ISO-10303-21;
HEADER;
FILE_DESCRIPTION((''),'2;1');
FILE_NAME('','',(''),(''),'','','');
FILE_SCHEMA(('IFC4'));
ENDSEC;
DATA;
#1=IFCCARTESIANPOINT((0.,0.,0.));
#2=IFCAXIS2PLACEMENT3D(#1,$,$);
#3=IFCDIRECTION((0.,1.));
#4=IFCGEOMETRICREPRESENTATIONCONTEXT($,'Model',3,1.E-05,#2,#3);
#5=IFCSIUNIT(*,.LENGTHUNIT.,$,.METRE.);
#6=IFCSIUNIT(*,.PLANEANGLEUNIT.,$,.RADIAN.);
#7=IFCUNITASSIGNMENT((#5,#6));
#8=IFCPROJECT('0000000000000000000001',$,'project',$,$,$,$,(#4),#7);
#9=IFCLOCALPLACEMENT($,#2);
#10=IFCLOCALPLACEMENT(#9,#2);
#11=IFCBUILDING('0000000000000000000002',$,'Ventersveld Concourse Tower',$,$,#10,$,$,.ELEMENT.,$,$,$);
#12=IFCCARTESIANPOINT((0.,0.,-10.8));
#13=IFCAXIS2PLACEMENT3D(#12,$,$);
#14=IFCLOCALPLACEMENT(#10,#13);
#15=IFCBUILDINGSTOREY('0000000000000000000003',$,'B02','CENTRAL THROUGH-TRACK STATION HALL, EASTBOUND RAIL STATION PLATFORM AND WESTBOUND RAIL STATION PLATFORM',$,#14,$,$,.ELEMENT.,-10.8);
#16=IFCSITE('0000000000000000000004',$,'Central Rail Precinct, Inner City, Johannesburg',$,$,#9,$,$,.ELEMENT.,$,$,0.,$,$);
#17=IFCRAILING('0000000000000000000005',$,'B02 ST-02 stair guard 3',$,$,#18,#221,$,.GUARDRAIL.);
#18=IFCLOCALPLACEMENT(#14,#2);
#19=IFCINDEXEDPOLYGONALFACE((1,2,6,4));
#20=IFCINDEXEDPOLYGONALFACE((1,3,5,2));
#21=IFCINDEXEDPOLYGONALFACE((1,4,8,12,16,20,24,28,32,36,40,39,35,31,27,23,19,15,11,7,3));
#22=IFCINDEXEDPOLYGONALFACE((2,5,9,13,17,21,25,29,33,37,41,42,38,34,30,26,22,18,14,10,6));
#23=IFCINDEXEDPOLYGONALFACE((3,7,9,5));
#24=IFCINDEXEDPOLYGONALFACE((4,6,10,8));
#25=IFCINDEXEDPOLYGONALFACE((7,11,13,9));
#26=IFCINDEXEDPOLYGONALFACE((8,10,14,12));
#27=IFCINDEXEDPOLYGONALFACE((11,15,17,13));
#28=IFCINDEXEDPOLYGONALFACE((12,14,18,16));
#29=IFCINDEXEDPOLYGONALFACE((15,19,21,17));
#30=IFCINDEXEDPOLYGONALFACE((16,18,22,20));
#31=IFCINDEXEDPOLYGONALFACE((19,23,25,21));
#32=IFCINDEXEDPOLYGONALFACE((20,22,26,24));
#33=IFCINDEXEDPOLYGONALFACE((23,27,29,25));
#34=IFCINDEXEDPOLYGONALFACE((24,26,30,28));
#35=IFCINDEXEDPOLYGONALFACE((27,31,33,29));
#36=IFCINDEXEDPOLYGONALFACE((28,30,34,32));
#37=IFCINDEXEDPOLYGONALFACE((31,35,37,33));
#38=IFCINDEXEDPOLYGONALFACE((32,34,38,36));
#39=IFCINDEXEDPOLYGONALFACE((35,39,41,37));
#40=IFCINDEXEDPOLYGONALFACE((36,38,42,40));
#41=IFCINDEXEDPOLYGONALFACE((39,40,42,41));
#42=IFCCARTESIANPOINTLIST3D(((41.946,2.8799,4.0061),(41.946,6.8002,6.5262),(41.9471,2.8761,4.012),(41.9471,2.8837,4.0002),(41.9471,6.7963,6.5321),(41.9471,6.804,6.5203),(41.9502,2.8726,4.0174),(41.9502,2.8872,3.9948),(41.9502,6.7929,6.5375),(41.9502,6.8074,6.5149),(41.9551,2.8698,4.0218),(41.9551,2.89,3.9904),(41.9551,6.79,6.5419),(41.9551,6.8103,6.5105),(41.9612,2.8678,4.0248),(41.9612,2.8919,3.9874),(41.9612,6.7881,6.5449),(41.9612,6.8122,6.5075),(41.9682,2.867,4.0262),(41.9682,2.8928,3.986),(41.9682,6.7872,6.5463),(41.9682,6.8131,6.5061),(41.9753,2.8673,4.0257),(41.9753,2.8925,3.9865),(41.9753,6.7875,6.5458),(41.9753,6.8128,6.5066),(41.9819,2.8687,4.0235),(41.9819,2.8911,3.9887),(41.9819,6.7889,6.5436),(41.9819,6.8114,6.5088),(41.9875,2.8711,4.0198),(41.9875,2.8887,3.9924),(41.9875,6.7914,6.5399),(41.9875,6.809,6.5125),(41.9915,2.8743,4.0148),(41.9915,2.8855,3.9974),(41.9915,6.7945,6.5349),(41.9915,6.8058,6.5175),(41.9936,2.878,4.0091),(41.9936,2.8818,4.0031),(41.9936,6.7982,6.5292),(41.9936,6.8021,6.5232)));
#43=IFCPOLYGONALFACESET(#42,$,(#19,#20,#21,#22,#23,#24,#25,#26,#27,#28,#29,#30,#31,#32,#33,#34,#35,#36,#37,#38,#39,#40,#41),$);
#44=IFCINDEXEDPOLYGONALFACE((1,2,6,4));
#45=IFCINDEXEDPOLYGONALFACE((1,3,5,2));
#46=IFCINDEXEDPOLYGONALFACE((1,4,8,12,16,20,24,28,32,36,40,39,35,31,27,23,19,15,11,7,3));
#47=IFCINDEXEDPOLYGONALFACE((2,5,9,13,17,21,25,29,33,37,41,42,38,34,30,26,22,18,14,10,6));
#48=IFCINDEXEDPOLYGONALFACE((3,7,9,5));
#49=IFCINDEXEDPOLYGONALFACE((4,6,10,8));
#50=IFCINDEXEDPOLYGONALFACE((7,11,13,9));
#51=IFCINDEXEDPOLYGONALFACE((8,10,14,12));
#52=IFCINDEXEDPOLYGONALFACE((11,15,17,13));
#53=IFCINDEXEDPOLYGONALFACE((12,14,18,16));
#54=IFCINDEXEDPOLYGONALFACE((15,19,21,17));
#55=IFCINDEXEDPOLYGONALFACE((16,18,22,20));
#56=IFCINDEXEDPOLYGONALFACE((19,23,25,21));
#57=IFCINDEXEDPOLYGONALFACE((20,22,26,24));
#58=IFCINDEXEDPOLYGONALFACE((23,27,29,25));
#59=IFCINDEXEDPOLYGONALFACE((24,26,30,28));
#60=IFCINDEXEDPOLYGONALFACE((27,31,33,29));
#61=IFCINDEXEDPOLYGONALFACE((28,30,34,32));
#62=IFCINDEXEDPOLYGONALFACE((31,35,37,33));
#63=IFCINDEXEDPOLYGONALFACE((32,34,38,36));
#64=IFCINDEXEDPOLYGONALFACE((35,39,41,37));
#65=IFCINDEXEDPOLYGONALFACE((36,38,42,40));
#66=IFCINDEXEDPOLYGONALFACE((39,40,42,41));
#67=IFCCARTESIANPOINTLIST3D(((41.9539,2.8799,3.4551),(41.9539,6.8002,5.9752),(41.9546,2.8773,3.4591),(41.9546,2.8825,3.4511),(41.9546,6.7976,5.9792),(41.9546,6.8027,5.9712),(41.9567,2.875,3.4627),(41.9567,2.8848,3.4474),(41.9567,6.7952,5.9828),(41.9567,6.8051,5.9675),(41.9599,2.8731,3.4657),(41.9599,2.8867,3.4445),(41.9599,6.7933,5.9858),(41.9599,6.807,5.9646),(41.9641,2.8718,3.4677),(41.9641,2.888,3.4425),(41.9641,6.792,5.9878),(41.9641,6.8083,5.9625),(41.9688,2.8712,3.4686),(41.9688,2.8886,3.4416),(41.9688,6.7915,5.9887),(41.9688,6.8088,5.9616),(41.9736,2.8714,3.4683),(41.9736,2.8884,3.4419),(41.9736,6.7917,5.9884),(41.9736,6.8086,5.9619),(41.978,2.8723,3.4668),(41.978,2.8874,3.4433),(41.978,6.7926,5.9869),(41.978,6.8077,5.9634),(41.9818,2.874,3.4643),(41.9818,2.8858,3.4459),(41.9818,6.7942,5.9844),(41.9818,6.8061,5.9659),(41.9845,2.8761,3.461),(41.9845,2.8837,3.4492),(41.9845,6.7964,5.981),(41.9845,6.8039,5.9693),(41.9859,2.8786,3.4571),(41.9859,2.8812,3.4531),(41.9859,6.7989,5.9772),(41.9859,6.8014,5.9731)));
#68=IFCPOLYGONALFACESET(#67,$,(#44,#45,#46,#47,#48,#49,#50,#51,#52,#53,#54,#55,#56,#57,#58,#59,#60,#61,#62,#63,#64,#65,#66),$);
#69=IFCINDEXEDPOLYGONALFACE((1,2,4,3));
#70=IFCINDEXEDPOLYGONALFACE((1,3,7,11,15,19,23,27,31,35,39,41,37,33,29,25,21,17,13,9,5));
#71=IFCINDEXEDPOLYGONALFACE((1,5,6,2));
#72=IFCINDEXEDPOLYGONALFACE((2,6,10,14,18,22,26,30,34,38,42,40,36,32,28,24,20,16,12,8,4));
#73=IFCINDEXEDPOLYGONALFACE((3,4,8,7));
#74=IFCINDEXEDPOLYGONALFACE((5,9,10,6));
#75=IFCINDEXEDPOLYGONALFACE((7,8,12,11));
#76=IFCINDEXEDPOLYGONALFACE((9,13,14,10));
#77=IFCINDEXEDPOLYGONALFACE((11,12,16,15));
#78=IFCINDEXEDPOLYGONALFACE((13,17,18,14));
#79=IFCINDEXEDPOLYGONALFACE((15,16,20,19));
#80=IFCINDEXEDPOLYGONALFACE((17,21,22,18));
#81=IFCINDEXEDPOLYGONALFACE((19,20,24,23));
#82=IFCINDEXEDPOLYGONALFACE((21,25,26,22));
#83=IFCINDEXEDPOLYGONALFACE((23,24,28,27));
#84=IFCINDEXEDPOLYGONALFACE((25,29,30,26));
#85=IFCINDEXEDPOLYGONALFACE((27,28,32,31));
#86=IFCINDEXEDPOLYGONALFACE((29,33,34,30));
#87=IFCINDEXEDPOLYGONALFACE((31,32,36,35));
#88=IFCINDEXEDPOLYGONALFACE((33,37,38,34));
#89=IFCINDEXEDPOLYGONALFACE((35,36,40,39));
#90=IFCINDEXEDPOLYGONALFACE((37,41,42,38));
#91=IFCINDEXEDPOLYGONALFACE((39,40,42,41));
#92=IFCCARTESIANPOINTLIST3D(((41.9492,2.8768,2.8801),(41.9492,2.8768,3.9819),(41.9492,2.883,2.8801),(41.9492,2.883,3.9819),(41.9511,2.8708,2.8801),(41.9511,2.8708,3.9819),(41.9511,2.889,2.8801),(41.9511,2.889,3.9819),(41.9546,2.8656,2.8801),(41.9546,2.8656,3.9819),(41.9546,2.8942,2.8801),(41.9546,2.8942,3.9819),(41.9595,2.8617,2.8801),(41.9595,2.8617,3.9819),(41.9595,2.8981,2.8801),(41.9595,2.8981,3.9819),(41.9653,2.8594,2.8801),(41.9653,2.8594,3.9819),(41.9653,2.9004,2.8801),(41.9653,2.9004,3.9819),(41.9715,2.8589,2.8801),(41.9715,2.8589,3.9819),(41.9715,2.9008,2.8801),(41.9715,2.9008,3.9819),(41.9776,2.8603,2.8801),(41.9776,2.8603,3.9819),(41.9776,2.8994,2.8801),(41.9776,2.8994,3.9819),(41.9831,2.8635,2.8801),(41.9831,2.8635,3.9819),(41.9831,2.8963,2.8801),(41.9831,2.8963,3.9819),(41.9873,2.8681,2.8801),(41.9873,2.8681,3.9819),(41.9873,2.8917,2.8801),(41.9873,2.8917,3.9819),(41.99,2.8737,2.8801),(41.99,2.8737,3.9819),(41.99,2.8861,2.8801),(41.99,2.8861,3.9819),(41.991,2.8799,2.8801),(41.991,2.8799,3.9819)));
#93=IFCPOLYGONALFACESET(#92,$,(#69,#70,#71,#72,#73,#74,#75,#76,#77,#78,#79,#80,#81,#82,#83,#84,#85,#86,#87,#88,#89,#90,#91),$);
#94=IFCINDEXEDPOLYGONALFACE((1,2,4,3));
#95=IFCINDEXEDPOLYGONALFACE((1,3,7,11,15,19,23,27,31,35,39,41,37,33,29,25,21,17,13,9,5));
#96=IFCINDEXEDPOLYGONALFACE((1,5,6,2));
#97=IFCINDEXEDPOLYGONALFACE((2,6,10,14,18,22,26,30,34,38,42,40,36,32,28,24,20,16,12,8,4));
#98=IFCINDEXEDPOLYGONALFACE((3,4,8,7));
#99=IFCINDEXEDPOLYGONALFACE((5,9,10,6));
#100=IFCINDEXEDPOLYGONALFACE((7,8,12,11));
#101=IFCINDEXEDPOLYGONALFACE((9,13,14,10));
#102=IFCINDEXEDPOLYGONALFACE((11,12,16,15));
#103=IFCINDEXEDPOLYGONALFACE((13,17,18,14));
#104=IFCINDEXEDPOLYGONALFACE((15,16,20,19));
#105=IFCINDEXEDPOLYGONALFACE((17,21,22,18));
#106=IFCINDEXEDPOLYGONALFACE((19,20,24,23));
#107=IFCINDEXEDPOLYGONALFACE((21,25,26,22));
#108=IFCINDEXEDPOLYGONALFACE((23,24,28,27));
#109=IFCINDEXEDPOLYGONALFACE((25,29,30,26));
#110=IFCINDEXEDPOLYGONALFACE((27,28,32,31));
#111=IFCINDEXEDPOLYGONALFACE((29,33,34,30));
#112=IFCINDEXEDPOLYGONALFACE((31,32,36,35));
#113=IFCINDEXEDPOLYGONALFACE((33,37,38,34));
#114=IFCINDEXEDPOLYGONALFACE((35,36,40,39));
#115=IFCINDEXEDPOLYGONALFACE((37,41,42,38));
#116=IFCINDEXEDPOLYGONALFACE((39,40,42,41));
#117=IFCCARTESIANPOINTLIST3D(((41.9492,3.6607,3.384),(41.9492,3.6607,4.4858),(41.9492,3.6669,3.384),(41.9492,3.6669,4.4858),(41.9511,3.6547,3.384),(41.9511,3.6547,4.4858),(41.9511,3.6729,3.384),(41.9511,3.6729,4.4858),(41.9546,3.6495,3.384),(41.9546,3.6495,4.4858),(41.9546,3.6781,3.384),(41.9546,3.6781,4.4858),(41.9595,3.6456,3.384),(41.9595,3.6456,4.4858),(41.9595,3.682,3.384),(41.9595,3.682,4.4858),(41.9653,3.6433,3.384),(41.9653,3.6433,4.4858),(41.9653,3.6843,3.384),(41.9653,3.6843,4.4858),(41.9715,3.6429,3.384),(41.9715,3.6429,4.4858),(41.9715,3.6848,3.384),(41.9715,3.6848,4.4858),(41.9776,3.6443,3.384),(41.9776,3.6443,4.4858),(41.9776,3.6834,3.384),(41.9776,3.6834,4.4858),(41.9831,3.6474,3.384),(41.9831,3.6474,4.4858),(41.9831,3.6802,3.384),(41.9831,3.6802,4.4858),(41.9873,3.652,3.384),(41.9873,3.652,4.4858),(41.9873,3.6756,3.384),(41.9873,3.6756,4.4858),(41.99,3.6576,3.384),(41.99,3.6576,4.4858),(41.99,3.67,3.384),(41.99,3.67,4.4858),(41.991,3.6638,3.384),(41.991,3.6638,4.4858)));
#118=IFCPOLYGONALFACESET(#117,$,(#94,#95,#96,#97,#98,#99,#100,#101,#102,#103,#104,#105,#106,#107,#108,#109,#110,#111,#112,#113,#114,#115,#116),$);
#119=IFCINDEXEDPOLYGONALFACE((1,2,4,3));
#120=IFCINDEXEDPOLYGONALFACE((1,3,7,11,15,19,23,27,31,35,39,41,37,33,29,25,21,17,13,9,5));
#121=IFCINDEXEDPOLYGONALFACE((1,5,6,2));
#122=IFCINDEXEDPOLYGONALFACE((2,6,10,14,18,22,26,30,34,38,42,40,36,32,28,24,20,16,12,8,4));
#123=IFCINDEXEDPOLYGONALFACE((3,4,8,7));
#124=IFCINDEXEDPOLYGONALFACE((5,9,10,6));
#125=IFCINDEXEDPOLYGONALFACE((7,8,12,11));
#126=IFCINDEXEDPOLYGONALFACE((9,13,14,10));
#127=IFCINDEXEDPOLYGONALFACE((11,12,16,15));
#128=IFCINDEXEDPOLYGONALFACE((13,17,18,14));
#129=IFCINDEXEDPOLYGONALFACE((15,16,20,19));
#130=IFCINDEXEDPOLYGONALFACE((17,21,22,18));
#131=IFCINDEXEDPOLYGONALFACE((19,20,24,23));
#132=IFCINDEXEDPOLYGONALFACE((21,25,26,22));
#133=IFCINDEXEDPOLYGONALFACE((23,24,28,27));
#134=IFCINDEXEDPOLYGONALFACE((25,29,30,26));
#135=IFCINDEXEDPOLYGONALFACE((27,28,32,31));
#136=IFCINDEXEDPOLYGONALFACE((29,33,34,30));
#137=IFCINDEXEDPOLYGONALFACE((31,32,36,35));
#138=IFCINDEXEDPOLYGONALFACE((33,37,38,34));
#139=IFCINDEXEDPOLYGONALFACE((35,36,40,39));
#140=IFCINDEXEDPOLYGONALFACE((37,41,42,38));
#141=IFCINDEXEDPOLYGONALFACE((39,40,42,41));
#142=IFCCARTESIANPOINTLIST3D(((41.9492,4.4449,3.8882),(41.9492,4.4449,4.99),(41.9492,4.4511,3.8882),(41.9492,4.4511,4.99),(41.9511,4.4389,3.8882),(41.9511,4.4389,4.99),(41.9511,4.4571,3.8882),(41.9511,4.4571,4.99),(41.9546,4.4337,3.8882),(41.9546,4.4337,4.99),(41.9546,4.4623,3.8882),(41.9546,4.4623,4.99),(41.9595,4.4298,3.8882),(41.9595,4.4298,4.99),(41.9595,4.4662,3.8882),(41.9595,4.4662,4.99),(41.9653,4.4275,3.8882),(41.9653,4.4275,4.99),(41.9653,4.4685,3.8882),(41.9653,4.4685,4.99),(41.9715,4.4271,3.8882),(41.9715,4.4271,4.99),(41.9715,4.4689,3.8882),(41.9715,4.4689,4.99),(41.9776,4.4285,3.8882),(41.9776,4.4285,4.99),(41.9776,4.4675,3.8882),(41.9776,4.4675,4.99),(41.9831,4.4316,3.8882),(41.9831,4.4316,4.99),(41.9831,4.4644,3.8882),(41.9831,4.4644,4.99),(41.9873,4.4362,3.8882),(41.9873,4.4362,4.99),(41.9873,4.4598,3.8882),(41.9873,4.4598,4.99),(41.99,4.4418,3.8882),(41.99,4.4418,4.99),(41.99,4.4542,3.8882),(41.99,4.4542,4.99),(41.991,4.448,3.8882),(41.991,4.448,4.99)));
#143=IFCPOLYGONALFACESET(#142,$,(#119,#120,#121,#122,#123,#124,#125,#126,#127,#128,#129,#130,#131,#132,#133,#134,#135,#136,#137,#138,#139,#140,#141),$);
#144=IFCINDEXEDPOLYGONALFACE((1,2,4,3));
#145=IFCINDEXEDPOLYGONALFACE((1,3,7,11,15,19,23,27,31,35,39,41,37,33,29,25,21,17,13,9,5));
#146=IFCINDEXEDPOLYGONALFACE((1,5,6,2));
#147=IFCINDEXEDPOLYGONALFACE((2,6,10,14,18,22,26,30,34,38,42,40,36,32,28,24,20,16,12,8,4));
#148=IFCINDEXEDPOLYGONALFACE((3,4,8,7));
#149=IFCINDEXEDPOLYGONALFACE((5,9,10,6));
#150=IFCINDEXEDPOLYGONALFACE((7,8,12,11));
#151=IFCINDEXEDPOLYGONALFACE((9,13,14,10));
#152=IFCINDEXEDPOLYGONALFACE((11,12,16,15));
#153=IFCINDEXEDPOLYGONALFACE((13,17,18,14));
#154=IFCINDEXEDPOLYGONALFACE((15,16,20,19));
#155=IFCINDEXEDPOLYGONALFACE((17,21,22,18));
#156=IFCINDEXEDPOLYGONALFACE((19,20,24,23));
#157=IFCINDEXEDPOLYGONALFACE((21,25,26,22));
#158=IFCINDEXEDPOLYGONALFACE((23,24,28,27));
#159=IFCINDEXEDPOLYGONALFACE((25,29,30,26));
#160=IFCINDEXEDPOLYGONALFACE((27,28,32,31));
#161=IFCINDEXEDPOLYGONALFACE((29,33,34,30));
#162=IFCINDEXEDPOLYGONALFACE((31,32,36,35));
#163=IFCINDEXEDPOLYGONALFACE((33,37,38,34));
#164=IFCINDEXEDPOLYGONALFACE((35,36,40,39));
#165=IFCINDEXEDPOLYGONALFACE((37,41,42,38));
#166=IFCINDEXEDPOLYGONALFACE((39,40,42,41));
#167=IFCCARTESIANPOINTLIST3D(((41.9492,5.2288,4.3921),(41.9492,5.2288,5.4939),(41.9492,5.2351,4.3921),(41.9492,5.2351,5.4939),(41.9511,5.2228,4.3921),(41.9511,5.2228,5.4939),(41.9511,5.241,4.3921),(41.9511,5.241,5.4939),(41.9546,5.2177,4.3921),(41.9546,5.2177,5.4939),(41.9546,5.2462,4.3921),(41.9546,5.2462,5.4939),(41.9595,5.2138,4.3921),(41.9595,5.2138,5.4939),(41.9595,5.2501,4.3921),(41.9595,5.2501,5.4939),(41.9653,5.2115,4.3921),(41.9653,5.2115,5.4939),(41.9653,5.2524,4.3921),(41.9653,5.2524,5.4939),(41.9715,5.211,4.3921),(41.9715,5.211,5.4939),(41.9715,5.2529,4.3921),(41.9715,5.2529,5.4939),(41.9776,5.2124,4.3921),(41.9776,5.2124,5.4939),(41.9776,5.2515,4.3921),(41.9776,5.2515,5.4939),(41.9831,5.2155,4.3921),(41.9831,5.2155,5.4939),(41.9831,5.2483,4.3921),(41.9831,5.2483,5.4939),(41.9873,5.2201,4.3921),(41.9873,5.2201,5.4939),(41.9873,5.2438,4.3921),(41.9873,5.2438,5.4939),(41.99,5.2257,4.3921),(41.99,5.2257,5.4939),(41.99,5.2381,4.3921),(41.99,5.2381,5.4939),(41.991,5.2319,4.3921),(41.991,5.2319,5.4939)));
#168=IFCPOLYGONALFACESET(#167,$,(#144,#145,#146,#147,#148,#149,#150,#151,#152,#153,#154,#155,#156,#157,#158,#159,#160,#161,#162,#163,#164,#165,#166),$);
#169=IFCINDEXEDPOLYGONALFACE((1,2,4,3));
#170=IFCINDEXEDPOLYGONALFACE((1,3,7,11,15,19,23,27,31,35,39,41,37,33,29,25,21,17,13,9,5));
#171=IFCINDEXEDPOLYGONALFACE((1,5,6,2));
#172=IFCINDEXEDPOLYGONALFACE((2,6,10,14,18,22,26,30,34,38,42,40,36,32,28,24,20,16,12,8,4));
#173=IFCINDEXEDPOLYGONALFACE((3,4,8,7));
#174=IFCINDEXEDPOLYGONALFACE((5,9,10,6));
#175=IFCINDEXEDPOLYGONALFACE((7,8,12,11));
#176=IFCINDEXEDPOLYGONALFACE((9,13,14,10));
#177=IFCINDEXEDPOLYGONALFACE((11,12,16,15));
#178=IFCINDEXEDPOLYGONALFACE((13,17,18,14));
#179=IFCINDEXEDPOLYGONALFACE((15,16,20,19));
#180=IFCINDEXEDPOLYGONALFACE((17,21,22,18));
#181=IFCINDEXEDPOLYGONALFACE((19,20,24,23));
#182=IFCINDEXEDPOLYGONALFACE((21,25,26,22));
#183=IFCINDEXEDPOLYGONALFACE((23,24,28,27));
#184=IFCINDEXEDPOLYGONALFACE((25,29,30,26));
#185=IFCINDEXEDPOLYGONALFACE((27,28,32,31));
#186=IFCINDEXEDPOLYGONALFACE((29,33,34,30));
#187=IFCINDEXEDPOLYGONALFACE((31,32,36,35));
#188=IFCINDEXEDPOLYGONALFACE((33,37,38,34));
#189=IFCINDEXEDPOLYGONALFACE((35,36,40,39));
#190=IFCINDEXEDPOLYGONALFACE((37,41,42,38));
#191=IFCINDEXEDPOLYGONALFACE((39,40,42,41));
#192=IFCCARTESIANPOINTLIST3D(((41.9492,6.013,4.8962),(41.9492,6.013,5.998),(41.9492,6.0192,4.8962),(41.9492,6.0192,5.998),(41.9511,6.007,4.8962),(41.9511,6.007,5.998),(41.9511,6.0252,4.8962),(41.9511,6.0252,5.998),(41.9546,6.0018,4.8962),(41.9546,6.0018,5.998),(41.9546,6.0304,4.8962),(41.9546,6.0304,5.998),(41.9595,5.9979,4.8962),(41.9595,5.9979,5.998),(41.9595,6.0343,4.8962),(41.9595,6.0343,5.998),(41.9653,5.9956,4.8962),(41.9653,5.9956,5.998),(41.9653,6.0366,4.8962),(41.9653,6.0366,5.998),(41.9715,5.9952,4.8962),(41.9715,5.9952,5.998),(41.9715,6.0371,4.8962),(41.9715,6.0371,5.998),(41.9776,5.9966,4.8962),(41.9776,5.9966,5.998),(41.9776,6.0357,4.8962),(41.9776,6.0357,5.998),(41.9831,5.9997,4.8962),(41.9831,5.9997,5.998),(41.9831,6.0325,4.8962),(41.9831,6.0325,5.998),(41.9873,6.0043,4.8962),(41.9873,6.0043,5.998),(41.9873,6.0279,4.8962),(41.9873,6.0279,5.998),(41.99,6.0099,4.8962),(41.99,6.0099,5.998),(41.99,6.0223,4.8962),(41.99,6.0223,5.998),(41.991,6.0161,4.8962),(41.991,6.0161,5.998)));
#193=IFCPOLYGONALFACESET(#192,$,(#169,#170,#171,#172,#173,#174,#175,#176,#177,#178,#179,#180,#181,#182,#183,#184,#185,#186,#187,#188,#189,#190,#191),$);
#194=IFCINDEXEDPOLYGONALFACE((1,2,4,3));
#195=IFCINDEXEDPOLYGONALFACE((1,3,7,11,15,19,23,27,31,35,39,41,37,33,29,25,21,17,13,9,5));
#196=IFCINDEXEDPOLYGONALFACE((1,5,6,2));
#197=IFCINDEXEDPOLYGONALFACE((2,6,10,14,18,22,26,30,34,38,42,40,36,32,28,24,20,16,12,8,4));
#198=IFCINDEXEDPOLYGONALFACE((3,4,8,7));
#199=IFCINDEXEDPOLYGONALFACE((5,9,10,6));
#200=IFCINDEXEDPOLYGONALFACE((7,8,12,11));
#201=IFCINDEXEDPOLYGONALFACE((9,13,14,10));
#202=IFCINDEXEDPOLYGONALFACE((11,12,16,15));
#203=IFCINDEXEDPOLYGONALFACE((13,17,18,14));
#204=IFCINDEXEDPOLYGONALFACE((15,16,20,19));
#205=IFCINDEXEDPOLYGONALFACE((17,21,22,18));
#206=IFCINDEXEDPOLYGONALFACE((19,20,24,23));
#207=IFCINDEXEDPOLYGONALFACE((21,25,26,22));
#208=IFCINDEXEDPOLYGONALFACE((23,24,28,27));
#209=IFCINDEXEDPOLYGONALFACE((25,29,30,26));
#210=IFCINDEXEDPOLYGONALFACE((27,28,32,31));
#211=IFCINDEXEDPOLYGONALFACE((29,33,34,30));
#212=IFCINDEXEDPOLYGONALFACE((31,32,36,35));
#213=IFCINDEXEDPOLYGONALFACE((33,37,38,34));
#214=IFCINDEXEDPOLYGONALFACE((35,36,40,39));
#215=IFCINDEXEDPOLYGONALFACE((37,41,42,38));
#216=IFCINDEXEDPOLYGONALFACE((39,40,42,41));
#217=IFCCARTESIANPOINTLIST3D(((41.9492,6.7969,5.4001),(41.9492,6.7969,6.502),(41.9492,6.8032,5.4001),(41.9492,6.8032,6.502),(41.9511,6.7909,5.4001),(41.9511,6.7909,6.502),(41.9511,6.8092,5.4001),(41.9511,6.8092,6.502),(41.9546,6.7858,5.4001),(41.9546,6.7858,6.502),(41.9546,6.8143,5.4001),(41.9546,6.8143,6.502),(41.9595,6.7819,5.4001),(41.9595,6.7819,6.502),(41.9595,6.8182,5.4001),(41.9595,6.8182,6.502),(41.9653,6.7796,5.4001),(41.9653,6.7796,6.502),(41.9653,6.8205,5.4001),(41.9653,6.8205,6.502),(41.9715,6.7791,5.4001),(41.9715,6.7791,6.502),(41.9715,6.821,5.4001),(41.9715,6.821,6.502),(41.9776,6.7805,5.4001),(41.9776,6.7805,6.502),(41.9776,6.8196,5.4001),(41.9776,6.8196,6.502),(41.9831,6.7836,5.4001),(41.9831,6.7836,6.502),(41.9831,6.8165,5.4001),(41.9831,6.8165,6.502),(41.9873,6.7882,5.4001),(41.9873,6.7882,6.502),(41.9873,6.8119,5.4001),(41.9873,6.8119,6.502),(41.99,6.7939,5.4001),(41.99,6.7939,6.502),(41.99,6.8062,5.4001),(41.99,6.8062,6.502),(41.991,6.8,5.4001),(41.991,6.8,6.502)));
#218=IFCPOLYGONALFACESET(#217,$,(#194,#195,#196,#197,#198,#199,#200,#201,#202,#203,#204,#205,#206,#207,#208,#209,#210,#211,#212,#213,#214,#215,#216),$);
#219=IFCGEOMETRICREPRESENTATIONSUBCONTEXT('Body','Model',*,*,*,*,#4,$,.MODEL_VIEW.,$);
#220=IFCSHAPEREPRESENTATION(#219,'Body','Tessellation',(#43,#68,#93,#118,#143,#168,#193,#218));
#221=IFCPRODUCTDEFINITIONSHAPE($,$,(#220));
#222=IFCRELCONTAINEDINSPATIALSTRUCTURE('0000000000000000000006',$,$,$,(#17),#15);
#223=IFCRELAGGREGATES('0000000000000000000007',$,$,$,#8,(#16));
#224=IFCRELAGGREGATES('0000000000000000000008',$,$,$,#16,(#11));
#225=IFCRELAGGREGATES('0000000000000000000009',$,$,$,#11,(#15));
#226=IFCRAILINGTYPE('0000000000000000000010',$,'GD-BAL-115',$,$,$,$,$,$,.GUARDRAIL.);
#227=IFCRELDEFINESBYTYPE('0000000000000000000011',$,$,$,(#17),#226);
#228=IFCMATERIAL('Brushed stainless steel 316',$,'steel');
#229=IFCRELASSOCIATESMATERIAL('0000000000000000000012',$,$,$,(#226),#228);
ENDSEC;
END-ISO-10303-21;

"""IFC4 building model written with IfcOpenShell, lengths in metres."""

from ifc_helpers import new_model, si_unit, direction, frame, origin, origin_2d, place, context, subcontext, project, spatial, circle, extrude, material, type_object, element, save


model = new_model("IFC4")

# Units and contexts
model_context = context("Model", 3, precision=1e-05, world=origin(), true_north=direction((0.0, 1.0)))
body_context = subcontext(model_context, "Body", "Model", "MODEL_VIEW")
ifc_project = project(units=[si_unit("LENGTHUNIT", "METRE"), si_unit("PLANEANGLEUNIT", "RADIAN")], contexts=[model_context])

# Site, building, storey
site_placement = place(None, origin())
site = spatial("IfcSite", under=ifc_project, at=site_placement, Name="Central Rail Precinct, Inner City, Johannesburg", CompositionType="ELEMENT", RefElevation=0.0)
building_placement = place(site_placement, origin())
building = spatial("IfcBuilding", under=site, at=building_placement, Name="Ventersveld Concourse Tower", CompositionType="ELEMENT")
storey_placement = place(building_placement, frame((0.0, 0.0, -10.8)))
storey = spatial("IfcBuildingStorey", under=building, at=storey_placement, Name="B02", Description="CENTRAL THROUGH-TRACK STATION HALL, EASTBOUND RAIL STATION PLATFORM AND WESTBOUND RAIL STATION PLATFORM", CompositionType="ELEMENT", Elevation=-10.8)

# Railing
ifc_material_1 = material(Name="Brushed stainless steel 316", Category="steel")
railing_type_1 = type_object("IfcRailingType", Name="GD-BAL-115", PredefinedType="GUARDRAIL", material=ifc_material_1)
railing_1_placement = place(storey_placement, frame((41.97, 2.8799, 2.8801)))
element("IfcRailing", 1, at=railing_1_placement, inside=storey, type_object=railing_type_1, Name="B02 ST-02 stair guard 3", PredefinedType="GUARDRAIL", context=body_context, shape_type="SweptSolid", body=[
    extrude(circle(Radius=0.0239, at=origin_2d()), frame((0.0, 0.0, 1.126), z_axis=(0.0, 0.841187, 0.540744), x_axis=(-1.0, 0.0, 0.0)), (0.0, 0.0, 1.0), 4.6604),
    extrude(circle(Radius=0.0161, at=origin_2d()), frame((0.0, 0.0, 0.575), z_axis=(0.0, 0.841187, 0.540744), x_axis=(-1.0, 0.0, 0.0)), (0.0, 0.0, 1.0), 4.6604),
    extrude(circle(Radius=0.021, at=origin_2d()), origin(), (0.0, 0.0, 1.0), 1.1018),
    extrude(circle(Radius=0.021, at=origin_2d()), frame((0.0, 0.7839, 0.5039)), (0.0, 0.0, 1.0), 1.1018),
    extrude(circle(Radius=0.021, at=origin_2d()), frame((0.0, 1.5681, 1.0081)), (0.0, 0.0, 1.0), 1.1018),
    extrude(circle(Radius=0.021, at=origin_2d()), frame((0.0, 2.3521, 1.512)), (0.0, 0.0, 1.0), 1.1018),
    extrude(circle(Radius=0.021, at=origin_2d()), frame((0.0, 3.1362, 2.0161)), (0.0, 0.0, 1.0), 1.1018),
    extrude(circle(Radius=0.021, at=origin_2d()), frame((0.0, 3.9202, 2.52)), (0.0, 0.0, 1.0), 1.1018),
])

save(model, "model.ifc")
